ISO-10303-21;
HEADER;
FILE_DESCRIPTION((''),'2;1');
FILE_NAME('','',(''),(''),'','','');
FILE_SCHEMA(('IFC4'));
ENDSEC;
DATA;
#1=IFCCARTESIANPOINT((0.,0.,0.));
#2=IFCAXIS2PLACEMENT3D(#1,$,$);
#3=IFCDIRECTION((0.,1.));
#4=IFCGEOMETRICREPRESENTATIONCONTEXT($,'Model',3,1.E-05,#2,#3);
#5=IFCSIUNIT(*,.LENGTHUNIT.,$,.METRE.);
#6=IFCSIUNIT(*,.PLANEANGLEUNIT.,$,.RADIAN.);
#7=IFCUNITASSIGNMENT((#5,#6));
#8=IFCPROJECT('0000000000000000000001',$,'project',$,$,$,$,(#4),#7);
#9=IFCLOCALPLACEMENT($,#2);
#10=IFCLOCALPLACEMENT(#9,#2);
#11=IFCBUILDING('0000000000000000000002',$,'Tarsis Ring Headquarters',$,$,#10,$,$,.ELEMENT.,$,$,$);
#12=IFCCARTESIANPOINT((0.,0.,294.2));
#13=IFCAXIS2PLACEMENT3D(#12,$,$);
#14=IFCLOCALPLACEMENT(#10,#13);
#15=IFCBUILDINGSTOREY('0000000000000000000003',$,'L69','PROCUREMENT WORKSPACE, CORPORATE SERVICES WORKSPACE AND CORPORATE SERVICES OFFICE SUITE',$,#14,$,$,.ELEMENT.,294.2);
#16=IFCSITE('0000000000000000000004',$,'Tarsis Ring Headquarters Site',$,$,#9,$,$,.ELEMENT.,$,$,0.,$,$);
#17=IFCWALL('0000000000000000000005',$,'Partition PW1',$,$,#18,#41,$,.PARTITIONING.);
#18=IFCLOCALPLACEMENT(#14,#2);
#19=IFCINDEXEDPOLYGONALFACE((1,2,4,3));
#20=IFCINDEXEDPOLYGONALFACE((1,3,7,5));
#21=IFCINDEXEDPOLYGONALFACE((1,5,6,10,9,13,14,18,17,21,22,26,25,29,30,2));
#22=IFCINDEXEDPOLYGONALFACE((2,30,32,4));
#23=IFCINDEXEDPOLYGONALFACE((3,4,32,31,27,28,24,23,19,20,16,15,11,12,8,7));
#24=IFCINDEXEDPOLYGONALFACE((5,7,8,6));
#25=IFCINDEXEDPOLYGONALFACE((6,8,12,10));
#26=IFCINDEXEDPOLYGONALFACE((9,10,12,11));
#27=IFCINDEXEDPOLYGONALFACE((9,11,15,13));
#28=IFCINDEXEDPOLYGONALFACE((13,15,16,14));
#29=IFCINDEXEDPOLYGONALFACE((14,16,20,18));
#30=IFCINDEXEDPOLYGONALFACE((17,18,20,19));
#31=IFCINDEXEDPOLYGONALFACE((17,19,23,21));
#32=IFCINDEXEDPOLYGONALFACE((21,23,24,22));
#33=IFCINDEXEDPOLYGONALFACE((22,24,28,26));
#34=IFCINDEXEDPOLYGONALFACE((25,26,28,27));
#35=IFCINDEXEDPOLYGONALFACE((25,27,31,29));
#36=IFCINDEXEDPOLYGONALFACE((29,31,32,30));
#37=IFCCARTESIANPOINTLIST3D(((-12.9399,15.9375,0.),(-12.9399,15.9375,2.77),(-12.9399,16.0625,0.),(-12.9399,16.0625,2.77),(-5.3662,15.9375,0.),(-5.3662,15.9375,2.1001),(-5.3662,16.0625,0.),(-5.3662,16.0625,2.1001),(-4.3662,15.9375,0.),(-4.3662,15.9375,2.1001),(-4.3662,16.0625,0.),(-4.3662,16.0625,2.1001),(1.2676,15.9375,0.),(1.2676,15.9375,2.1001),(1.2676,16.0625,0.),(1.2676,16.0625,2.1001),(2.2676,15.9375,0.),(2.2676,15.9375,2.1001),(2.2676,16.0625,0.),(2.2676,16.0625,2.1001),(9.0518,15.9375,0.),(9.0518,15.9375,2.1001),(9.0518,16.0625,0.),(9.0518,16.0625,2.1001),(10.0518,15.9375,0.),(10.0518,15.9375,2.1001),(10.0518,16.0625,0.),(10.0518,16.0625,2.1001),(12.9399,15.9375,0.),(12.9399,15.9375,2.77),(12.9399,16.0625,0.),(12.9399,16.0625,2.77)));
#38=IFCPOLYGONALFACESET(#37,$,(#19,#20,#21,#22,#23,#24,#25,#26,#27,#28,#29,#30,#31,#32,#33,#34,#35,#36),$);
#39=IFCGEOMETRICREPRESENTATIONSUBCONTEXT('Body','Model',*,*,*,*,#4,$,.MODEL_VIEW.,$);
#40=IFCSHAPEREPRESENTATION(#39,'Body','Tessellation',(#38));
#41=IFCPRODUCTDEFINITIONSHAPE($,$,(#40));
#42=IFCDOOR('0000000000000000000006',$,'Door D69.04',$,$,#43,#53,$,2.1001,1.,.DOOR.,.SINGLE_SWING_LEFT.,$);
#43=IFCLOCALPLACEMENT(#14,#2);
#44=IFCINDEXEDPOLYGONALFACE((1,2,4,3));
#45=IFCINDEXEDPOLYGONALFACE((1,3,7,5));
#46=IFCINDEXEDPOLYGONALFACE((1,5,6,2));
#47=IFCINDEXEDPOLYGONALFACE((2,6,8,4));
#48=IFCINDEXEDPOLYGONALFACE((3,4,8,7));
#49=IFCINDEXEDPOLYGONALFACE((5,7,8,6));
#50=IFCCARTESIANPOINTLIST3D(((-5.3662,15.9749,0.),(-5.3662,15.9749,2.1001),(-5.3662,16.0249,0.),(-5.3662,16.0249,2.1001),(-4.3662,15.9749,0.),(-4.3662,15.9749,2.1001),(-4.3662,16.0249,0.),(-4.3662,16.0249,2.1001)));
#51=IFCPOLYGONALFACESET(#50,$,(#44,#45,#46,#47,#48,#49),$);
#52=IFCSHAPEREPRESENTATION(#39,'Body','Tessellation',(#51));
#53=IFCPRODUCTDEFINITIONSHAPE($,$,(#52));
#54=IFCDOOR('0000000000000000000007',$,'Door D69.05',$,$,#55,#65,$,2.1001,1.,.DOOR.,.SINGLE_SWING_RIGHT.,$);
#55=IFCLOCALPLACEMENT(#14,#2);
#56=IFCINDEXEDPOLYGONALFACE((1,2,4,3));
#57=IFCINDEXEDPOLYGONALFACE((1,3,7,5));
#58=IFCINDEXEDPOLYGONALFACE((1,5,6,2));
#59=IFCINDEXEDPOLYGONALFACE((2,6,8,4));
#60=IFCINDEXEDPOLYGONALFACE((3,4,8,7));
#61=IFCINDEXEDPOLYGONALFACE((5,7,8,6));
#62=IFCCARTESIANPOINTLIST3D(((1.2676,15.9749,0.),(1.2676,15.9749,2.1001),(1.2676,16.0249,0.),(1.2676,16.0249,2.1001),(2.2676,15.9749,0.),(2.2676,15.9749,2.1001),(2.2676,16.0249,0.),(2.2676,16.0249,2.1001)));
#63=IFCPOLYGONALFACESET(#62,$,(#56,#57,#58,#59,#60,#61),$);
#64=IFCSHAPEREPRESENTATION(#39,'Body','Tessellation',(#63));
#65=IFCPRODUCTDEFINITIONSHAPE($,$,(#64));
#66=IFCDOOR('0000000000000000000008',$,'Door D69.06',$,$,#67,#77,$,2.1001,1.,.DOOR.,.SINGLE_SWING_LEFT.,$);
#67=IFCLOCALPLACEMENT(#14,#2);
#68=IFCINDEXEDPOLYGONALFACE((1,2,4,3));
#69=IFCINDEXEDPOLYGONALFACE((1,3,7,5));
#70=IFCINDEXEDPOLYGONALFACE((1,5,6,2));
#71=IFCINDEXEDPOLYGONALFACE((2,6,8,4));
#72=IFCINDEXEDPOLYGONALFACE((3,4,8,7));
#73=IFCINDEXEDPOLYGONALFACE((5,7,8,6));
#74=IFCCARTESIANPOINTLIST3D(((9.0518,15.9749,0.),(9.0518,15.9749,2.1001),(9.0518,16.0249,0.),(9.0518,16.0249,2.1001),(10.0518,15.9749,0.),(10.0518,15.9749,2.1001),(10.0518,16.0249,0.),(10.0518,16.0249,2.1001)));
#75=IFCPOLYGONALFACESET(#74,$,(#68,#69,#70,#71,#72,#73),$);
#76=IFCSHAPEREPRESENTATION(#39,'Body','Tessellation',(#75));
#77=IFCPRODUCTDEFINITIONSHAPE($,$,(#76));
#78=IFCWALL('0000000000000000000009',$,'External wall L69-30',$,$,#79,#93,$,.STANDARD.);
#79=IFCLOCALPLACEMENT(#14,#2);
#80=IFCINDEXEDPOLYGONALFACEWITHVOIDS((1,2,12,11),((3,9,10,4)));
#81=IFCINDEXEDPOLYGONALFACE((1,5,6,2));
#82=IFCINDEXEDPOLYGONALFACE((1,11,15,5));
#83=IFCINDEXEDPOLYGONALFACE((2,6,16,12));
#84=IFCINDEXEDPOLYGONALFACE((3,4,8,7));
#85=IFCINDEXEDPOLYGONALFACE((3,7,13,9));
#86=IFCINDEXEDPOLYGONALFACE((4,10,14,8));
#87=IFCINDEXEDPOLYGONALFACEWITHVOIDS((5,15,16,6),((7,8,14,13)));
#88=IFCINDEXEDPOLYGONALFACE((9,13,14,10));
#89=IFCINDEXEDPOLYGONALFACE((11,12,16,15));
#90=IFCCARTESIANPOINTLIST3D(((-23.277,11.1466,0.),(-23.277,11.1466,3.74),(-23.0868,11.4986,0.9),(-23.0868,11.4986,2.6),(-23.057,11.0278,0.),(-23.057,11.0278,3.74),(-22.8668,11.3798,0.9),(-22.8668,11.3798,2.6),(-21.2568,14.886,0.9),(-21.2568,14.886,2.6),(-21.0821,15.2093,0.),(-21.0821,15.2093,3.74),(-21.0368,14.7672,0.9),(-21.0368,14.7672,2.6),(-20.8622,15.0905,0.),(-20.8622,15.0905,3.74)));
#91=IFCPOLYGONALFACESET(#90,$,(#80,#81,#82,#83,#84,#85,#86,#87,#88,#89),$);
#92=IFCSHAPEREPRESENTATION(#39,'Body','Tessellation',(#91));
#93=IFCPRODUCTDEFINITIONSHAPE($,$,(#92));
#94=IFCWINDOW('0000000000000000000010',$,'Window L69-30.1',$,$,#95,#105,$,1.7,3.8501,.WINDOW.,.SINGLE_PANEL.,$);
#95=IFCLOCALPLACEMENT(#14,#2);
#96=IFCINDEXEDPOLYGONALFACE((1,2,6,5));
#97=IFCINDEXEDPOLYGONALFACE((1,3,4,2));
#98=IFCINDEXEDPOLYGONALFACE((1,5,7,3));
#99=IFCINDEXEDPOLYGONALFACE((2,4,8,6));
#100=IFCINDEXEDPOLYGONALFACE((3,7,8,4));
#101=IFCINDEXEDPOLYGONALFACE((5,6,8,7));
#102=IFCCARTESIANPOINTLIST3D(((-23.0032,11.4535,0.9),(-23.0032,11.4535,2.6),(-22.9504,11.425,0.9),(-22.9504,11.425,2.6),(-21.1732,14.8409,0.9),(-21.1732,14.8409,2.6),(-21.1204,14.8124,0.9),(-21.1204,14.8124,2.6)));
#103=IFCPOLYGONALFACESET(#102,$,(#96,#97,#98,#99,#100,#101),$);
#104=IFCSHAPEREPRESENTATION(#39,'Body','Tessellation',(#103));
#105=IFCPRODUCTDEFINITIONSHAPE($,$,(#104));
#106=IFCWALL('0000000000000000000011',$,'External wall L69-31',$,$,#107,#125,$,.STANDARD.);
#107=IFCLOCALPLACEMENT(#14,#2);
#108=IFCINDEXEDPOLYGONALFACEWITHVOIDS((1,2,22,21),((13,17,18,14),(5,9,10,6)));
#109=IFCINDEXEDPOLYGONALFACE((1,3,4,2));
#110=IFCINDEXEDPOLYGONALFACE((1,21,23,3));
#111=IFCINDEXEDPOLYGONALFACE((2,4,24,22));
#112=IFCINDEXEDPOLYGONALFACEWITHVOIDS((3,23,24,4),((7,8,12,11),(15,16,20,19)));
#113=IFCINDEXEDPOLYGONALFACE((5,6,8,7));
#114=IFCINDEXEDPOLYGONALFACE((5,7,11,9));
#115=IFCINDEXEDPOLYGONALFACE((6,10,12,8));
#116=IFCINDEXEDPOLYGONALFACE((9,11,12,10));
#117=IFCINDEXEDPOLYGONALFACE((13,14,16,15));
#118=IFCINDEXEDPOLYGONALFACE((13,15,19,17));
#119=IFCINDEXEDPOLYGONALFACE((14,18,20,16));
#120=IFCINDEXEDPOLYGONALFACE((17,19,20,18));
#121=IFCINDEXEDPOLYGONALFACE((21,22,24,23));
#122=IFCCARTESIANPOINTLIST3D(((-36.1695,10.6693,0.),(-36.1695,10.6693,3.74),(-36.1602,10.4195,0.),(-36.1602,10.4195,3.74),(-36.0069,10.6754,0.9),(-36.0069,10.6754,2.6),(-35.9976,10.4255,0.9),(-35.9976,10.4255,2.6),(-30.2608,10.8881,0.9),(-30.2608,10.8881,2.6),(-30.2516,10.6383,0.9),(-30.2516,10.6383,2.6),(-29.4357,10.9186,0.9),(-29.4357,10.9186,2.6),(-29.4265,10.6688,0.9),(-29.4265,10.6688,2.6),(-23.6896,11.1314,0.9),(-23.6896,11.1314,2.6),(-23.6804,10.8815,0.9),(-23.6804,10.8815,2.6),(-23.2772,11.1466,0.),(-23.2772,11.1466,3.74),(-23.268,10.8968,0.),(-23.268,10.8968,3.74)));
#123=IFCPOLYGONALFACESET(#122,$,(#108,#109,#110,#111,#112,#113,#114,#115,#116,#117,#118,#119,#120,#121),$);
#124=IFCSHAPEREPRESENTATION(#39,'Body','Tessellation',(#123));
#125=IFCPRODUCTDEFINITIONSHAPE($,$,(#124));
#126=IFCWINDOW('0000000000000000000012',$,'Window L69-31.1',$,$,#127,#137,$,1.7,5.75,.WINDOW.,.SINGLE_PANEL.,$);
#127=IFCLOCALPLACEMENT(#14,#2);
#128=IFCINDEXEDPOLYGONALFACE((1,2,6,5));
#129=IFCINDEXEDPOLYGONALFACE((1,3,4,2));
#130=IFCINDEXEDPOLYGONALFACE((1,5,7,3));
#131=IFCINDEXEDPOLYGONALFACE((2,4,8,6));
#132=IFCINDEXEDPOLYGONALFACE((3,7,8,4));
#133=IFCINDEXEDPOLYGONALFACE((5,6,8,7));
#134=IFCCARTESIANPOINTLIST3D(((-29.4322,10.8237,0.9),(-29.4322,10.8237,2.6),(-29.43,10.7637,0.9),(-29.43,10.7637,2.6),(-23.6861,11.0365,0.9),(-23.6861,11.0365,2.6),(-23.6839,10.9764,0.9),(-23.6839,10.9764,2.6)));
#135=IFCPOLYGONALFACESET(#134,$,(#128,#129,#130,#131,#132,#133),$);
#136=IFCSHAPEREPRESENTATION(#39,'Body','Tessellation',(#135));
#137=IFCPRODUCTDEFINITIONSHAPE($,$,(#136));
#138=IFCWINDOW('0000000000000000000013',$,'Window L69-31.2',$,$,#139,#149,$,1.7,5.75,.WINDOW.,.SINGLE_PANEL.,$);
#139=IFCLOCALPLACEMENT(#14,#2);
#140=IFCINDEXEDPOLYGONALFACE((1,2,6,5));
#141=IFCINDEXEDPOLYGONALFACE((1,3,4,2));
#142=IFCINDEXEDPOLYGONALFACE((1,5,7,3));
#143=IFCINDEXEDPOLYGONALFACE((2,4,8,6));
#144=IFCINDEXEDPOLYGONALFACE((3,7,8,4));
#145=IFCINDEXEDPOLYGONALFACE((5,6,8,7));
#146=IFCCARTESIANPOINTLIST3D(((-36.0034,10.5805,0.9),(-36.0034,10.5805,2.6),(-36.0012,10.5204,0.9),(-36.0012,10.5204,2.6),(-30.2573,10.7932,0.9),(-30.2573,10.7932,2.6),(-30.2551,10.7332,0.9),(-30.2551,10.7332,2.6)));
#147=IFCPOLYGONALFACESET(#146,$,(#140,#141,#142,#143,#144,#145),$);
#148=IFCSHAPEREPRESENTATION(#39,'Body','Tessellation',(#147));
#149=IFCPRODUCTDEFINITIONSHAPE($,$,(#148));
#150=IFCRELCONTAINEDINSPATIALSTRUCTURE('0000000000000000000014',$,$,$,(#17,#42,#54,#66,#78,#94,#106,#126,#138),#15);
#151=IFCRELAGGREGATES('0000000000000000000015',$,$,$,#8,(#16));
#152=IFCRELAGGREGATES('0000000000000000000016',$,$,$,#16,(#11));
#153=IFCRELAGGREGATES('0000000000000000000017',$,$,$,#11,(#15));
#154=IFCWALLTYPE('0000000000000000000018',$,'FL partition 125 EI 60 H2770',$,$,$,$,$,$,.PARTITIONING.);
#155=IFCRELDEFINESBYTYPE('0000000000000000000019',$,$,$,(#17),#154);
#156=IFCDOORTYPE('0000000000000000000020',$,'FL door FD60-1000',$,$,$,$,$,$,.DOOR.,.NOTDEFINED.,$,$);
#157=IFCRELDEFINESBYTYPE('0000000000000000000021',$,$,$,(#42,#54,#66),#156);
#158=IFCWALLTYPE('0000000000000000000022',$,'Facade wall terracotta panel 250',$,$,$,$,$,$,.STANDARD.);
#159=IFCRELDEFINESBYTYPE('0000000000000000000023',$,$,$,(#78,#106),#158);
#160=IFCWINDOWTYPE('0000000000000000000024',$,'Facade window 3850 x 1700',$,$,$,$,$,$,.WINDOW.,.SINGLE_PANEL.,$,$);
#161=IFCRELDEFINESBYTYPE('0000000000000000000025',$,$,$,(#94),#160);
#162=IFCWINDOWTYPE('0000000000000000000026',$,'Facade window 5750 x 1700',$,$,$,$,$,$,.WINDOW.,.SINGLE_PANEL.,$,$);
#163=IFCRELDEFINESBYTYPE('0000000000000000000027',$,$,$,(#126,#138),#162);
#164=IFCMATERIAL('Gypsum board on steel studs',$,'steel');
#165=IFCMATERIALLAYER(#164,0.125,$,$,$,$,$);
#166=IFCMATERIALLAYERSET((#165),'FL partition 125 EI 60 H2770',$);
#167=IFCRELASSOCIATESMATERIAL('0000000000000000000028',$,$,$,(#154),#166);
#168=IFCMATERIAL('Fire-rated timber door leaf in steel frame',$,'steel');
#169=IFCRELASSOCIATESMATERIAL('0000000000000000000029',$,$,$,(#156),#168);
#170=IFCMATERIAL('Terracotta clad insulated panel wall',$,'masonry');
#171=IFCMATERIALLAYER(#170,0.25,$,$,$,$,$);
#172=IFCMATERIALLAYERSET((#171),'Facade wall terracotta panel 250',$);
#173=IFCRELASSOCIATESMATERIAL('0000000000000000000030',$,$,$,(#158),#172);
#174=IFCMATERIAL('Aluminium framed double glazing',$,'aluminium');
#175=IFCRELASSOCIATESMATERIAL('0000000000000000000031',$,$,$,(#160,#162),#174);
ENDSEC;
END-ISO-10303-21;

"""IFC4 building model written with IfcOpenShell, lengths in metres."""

from ifc_helpers import new_model, si_unit, direction, frame, frame_2d, origin, place, context, subcontext, project, spatial, rectangle, extrude, material, layer, layer_set, type_object, element, fill, save


model = new_model("IFC4")

# Units and contexts
model_context = context("Model", 3, precision=1e-05, world=origin(), true_north=direction((0.0, 1.0)))
body_context = subcontext(model_context, "Body", "Model", "MODEL_VIEW")
ifc_project = project(units=[si_unit("LENGTHUNIT", "METRE"), si_unit("PLANEANGLEUNIT", "RADIAN")], contexts=[model_context])

# Site, building, storey
site_placement = place(None, origin())
site = spatial("IfcSite", under=ifc_project, at=site_placement, Name="Tarsis Ring Headquarters Site", CompositionType="ELEMENT", RefElevation=0.0)
building_placement = place(site_placement, origin())
building = spatial("IfcBuilding", under=site, at=building_placement, Name="Tarsis Ring Headquarters", CompositionType="ELEMENT")
storey_placement = place(building_placement, frame((0.0, 0.0, 294.2)))
storey = spatial("IfcBuildingStorey", under=building, at=storey_placement, Name="L69", Description="PROCUREMENT WORKSPACE, CORPORATE SERVICES WORKSPACE AND CORPORATE SERVICES OFFICE SUITE", CompositionType="ELEMENT", Elevation=294.2)

# Shared definitions
ifc_material_1 = material(Name="Gypsum board on steel studs", Category="steel")

# Wall, openings, doors
ifc_layer_1 = layer(ifc_material_1, 0.125)
ifc_layer_set_1 = layer_set([ifc_layer_1], Name="FL partition 125 EI 60 H2770")
wall_type_1 = type_object("IfcWallType", Name="FL partition 125 EI 60 H2770", PredefinedType="PARTITIONING", material=ifc_layer_set_1)
wall_1_placement = place(storey_placement, frame((-12.9399, 16.0, 0.0), z_axis=(0.0, 0.0, 1.0), x_axis=(1.0, 0.0, 0.0)))
wall_1 = element("IfcWall", 1, at=wall_1_placement, inside=storey, type_object=wall_type_1, Name="Partition PW1", PredefinedType="PARTITIONING", context=body_context, shape_type="SweptSolid", body=[
    extrude(rectangle(XDim=25.8799, YDim=0.125, at=frame_2d((12.9399, 0.0))), origin(), (0.0, 0.0, 1.0), 2.77),
])
opening_1_placement = place(wall_1_placement, frame((7.5737, 0.0, 0.0)))
opening_1 = element("IfcOpeningElement", 2, at=opening_1_placement, cuts=wall_1, PredefinedType="OPENING", context=body_context, shape_type="SweptSolid", body=[
    extrude(rectangle(XDim=1.0, YDim=2.1001, at=frame_2d((0.5, 1.05))), frame((0.0, 0.0725, 0.0), z_axis=(0.0, -1.0, 0.0), x_axis=(1.0, 0.0, 0.0)), (0.0, 0.0, 1.0), 0.145),
])
opening_2_placement = place(wall_1_placement, frame((14.2075, 0.0, 0.0)))
opening_2 = element("IfcOpeningElement", 3, at=opening_2_placement, cuts=wall_1, PredefinedType="OPENING", context=body_context, shape_type="SweptSolid", body=[
    extrude(rectangle(XDim=1.0, YDim=2.1001, at=frame_2d((0.5, 1.05))), frame((0.0, 0.0725, 0.0), z_axis=(0.0, -1.0, 0.0), x_axis=(1.0, 0.0, 0.0)), (0.0, 0.0, 1.0), 0.145),
])
opening_3_placement = place(wall_1_placement, frame((21.9917, 0.0, 0.0)))
opening_3 = element("IfcOpeningElement", 4, at=opening_3_placement, cuts=wall_1, PredefinedType="OPENING", context=body_context, shape_type="SweptSolid", body=[
    extrude(rectangle(XDim=1.0, YDim=2.1001, at=frame_2d((0.5, 1.05))), frame((0.0, 0.0725, 0.0), z_axis=(0.0, -1.0, 0.0), x_axis=(1.0, 0.0, 0.0)), (0.0, 0.0, 1.0), 0.145),
])
ifc_material_2 = material(Name="Fire-rated timber door leaf in steel frame", Category="steel")
door_type = type_object("IfcDoorType", Name="FL door FD60-1000", OperationType="NOTDEFINED", PredefinedType="DOOR", material=ifc_material_2)
door_1_placement = place(opening_1_placement, origin())
door_1 = element("IfcDoor", 5, at=door_1_placement, inside=storey, type_object=door_type, Name="Door D69.04", OperationType="SINGLE_SWING_LEFT", OverallHeight=2.1001, OverallWidth=1.0, PredefinedType="DOOR", context=body_context, shape_type="SweptSolid", body=[
    extrude(rectangle(XDim=1.0, YDim=2.1001, at=frame_2d((0.5, 1.05))), frame((0.0, 0.0249, 0.0), z_axis=(0.0, -1.0, 0.0), x_axis=(1.0, 0.0, 0.0)), (0.0, 0.0, 1.0), 0.05),
])
fill(opening_1, door_1)
door_2_placement = place(opening_2_placement, origin())
door_2 = element("IfcDoor", 6, at=door_2_placement, inside=storey, type_object=door_type, Name="Door D69.05", OperationType="SINGLE_SWING_RIGHT", OverallHeight=2.1001, OverallWidth=1.0, PredefinedType="DOOR", context=body_context, shape_type="SweptSolid", body=[
    extrude(rectangle(XDim=1.0, YDim=2.1001, at=frame_2d((0.5, 1.05))), frame((0.0, 0.0249, 0.0), z_axis=(0.0, -1.0, 0.0), x_axis=(1.0, 0.0, 0.0)), (0.0, 0.0, 1.0), 0.05),
])
fill(opening_2, door_2)
door_3_placement = place(opening_3_placement, origin())
door_3 = element("IfcDoor", 7, at=door_3_placement, inside=storey, type_object=door_type, Name="Door D69.06", OperationType="SINGLE_SWING_LEFT", OverallHeight=2.1001, OverallWidth=1.0, PredefinedType="DOOR", context=body_context, shape_type="SweptSolid", body=[
    extrude(rectangle(XDim=1.0, YDim=2.1001, at=frame_2d((0.5, 1.05))), frame((0.0, 0.0249, 0.0), z_axis=(0.0, -1.0, 0.0), x_axis=(1.0, 0.0, 0.0)), (0.0, 0.0, 1.0), 0.05),
])
fill(opening_3, door_3)

# Wall, opening, window
ifc_material_3 = material(Name="Terracotta clad insulated panel wall", Category="masonry")
ifc_layer_2 = layer(ifc_material_3, 0.25)
ifc_layer_set_2 = layer_set([ifc_layer_2], Name="Facade wall terracotta panel 250")
wall_type_2 = type_object("IfcWallType", Name="Facade wall terracotta panel 250", PredefinedType="STANDARD", material=ifc_layer_set_2)
wall_2_placement = place(storey_placement, frame((-20.9722, 15.1499, 0.0), z_axis=(0.0, 0.0, 1.0), x_axis=(-0.475307, -0.87982, 0.0)))
wall_2 = element("IfcWall", 8, at=wall_2_placement, inside=storey, type_object=wall_type_2, Name="External wall L69-30", PredefinedType="STANDARD", context=body_context, shape_type="SweptSolid", body=[
    extrude(rectangle(XDim=4.6177, YDim=0.25, at=frame_2d((2.3088, 0.0))), origin(), (0.0, 0.0, 1.0), 3.74),
])
opening_4_placement = place(wall_2_placement, frame((0.3674, 0.0, 0.8999)))
opening_4 = element("IfcOpeningElement", 9, at=opening_4_placement, cuts=wall_2, PredefinedType="OPENING", context=body_context, shape_type="SweptSolid", body=[
    extrude(rectangle(XDim=3.8501, YDim=1.7, at=frame_2d((1.925, 0.8501))), frame((0.0, 0.135, 0.0), z_axis=(0.0, -1.0, 0.0), x_axis=(1.0, 0.0, 0.0)), (0.0, 0.0, 1.0), 0.27),
])
ifc_material_4 = material(Name="Aluminium framed double glazing", Category="aluminium")
window_type_1 = type_object("IfcWindowType", Name="Facade window 3850 x 1700", PartitioningType="SINGLE_PANEL", PredefinedType="WINDOW", material=ifc_material_4)
window_1_placement = place(opening_4_placement, origin())
window_1 = element("IfcWindow", 10, at=window_1_placement, inside=storey, type_object=window_type_1, Name="Window L69-30.1", OverallHeight=1.7, OverallWidth=3.8501, PartitioningType="SINGLE_PANEL", PredefinedType="WINDOW", context=body_context, shape_type="SweptSolid", body=[
    extrude(rectangle(XDim=3.8501, YDim=1.7, at=frame_2d((1.925, 0.8501))), frame((0.0, 0.03, 0.0), z_axis=(0.0, -1.0, 0.0), x_axis=(1.0, 0.0, 0.0)), (0.0, 0.0, 1.0), 0.0601),
])
fill(opening_4, window_1)

# Wall, openings, windows
wall_3_placement = place(storey_placement, frame((-23.2725, 11.0217, 0.0), z_axis=(0.0, 0.0, 1.0), x_axis=(-0.999315, -0.036996, 0.0)))
wall_3 = element("IfcWall", 11, at=wall_3_placement, inside=storey, type_object=wall_type_2, Name="External wall L69-31", PredefinedType="STANDARD", context=body_context, shape_type="SweptSolid", body=[
    extrude(rectangle(XDim=12.9011, YDim=0.25, at=frame_2d((6.4507, 0.0))), origin(), (0.0, 0.0, 1.0), 3.74),
])
opening_5_placement = place(wall_3_placement, frame((0.4128, 0.0, 0.8999)))
opening_5 = element("IfcOpeningElement", 12, at=opening_5_placement, cuts=wall_3, PredefinedType="OPENING", context=body_context, shape_type="SweptSolid", body=[
    extrude(rectangle(XDim=5.75, YDim=1.7, at=frame_2d((2.875, 0.8501))), frame((0.0, 0.135, 0.0), z_axis=(0.0, -1.0, 0.0), x_axis=(1.0, 0.0, 0.0)), (0.0, 0.0, 1.0), 0.27),
])
opening_6_placement = place(wall_3_placement, frame((6.9885, 0.0, 0.8999)))
opening_6 = element("IfcOpeningElement", 13, at=opening_6_placement, cuts=wall_3, PredefinedType="OPENING", context=body_context, shape_type="SweptSolid", body=[
    extrude(rectangle(XDim=5.75, YDim=1.7, at=frame_2d((2.875, 0.8501))), frame((0.0, 0.135, 0.0), z_axis=(0.0, -1.0, 0.0), x_axis=(1.0, 0.0, 0.0)), (0.0, 0.0, 1.0), 0.27),
])
window_type_2 = type_object("IfcWindowType", Name="Facade window 5750 x 1700", PartitioningType="SINGLE_PANEL", PredefinedType="WINDOW", material=ifc_material_4)
window_2_placement = place(opening_5_placement, origin())
window_2 = element("IfcWindow", 14, at=window_2_placement, inside=storey, type_object=window_type_2, Name="Window L69-31.1", OverallHeight=1.7, OverallWidth=5.75, PartitioningType="SINGLE_PANEL", PredefinedType="WINDOW", context=body_context, shape_type="SweptSolid", body=[
    extrude(rectangle(XDim=5.75, YDim=1.7, at=frame_2d((2.875, 0.8501))), frame((0.0, 0.03, 0.0), z_axis=(0.0, -1.0, 0.0), x_axis=(1.0, 0.0, 0.0)), (0.0, 0.0, 1.0), 0.0601),
])
fill(opening_5, window_2)
window_3_placement = place(opening_6_placement, origin())
window_3 = element("IfcWindow", 15, at=window_3_placement, inside=storey, type_object=window_type_2, Name="Window L69-31.2", OverallHeight=1.7, OverallWidth=5.75, PartitioningType="SINGLE_PANEL", PredefinedType="WINDOW", context=body_context, shape_type="SweptSolid", body=[
    extrude(rectangle(XDim=5.75, YDim=1.7, at=frame_2d((2.875, 0.8501))), frame((0.0, 0.03, 0.0), z_axis=(0.0, -1.0, 0.0), x_axis=(1.0, 0.0, 0.0)), (0.0, 0.0, 1.0), 0.0601),
])
fill(opening_6, window_3)

save(model, "model.ifc")
